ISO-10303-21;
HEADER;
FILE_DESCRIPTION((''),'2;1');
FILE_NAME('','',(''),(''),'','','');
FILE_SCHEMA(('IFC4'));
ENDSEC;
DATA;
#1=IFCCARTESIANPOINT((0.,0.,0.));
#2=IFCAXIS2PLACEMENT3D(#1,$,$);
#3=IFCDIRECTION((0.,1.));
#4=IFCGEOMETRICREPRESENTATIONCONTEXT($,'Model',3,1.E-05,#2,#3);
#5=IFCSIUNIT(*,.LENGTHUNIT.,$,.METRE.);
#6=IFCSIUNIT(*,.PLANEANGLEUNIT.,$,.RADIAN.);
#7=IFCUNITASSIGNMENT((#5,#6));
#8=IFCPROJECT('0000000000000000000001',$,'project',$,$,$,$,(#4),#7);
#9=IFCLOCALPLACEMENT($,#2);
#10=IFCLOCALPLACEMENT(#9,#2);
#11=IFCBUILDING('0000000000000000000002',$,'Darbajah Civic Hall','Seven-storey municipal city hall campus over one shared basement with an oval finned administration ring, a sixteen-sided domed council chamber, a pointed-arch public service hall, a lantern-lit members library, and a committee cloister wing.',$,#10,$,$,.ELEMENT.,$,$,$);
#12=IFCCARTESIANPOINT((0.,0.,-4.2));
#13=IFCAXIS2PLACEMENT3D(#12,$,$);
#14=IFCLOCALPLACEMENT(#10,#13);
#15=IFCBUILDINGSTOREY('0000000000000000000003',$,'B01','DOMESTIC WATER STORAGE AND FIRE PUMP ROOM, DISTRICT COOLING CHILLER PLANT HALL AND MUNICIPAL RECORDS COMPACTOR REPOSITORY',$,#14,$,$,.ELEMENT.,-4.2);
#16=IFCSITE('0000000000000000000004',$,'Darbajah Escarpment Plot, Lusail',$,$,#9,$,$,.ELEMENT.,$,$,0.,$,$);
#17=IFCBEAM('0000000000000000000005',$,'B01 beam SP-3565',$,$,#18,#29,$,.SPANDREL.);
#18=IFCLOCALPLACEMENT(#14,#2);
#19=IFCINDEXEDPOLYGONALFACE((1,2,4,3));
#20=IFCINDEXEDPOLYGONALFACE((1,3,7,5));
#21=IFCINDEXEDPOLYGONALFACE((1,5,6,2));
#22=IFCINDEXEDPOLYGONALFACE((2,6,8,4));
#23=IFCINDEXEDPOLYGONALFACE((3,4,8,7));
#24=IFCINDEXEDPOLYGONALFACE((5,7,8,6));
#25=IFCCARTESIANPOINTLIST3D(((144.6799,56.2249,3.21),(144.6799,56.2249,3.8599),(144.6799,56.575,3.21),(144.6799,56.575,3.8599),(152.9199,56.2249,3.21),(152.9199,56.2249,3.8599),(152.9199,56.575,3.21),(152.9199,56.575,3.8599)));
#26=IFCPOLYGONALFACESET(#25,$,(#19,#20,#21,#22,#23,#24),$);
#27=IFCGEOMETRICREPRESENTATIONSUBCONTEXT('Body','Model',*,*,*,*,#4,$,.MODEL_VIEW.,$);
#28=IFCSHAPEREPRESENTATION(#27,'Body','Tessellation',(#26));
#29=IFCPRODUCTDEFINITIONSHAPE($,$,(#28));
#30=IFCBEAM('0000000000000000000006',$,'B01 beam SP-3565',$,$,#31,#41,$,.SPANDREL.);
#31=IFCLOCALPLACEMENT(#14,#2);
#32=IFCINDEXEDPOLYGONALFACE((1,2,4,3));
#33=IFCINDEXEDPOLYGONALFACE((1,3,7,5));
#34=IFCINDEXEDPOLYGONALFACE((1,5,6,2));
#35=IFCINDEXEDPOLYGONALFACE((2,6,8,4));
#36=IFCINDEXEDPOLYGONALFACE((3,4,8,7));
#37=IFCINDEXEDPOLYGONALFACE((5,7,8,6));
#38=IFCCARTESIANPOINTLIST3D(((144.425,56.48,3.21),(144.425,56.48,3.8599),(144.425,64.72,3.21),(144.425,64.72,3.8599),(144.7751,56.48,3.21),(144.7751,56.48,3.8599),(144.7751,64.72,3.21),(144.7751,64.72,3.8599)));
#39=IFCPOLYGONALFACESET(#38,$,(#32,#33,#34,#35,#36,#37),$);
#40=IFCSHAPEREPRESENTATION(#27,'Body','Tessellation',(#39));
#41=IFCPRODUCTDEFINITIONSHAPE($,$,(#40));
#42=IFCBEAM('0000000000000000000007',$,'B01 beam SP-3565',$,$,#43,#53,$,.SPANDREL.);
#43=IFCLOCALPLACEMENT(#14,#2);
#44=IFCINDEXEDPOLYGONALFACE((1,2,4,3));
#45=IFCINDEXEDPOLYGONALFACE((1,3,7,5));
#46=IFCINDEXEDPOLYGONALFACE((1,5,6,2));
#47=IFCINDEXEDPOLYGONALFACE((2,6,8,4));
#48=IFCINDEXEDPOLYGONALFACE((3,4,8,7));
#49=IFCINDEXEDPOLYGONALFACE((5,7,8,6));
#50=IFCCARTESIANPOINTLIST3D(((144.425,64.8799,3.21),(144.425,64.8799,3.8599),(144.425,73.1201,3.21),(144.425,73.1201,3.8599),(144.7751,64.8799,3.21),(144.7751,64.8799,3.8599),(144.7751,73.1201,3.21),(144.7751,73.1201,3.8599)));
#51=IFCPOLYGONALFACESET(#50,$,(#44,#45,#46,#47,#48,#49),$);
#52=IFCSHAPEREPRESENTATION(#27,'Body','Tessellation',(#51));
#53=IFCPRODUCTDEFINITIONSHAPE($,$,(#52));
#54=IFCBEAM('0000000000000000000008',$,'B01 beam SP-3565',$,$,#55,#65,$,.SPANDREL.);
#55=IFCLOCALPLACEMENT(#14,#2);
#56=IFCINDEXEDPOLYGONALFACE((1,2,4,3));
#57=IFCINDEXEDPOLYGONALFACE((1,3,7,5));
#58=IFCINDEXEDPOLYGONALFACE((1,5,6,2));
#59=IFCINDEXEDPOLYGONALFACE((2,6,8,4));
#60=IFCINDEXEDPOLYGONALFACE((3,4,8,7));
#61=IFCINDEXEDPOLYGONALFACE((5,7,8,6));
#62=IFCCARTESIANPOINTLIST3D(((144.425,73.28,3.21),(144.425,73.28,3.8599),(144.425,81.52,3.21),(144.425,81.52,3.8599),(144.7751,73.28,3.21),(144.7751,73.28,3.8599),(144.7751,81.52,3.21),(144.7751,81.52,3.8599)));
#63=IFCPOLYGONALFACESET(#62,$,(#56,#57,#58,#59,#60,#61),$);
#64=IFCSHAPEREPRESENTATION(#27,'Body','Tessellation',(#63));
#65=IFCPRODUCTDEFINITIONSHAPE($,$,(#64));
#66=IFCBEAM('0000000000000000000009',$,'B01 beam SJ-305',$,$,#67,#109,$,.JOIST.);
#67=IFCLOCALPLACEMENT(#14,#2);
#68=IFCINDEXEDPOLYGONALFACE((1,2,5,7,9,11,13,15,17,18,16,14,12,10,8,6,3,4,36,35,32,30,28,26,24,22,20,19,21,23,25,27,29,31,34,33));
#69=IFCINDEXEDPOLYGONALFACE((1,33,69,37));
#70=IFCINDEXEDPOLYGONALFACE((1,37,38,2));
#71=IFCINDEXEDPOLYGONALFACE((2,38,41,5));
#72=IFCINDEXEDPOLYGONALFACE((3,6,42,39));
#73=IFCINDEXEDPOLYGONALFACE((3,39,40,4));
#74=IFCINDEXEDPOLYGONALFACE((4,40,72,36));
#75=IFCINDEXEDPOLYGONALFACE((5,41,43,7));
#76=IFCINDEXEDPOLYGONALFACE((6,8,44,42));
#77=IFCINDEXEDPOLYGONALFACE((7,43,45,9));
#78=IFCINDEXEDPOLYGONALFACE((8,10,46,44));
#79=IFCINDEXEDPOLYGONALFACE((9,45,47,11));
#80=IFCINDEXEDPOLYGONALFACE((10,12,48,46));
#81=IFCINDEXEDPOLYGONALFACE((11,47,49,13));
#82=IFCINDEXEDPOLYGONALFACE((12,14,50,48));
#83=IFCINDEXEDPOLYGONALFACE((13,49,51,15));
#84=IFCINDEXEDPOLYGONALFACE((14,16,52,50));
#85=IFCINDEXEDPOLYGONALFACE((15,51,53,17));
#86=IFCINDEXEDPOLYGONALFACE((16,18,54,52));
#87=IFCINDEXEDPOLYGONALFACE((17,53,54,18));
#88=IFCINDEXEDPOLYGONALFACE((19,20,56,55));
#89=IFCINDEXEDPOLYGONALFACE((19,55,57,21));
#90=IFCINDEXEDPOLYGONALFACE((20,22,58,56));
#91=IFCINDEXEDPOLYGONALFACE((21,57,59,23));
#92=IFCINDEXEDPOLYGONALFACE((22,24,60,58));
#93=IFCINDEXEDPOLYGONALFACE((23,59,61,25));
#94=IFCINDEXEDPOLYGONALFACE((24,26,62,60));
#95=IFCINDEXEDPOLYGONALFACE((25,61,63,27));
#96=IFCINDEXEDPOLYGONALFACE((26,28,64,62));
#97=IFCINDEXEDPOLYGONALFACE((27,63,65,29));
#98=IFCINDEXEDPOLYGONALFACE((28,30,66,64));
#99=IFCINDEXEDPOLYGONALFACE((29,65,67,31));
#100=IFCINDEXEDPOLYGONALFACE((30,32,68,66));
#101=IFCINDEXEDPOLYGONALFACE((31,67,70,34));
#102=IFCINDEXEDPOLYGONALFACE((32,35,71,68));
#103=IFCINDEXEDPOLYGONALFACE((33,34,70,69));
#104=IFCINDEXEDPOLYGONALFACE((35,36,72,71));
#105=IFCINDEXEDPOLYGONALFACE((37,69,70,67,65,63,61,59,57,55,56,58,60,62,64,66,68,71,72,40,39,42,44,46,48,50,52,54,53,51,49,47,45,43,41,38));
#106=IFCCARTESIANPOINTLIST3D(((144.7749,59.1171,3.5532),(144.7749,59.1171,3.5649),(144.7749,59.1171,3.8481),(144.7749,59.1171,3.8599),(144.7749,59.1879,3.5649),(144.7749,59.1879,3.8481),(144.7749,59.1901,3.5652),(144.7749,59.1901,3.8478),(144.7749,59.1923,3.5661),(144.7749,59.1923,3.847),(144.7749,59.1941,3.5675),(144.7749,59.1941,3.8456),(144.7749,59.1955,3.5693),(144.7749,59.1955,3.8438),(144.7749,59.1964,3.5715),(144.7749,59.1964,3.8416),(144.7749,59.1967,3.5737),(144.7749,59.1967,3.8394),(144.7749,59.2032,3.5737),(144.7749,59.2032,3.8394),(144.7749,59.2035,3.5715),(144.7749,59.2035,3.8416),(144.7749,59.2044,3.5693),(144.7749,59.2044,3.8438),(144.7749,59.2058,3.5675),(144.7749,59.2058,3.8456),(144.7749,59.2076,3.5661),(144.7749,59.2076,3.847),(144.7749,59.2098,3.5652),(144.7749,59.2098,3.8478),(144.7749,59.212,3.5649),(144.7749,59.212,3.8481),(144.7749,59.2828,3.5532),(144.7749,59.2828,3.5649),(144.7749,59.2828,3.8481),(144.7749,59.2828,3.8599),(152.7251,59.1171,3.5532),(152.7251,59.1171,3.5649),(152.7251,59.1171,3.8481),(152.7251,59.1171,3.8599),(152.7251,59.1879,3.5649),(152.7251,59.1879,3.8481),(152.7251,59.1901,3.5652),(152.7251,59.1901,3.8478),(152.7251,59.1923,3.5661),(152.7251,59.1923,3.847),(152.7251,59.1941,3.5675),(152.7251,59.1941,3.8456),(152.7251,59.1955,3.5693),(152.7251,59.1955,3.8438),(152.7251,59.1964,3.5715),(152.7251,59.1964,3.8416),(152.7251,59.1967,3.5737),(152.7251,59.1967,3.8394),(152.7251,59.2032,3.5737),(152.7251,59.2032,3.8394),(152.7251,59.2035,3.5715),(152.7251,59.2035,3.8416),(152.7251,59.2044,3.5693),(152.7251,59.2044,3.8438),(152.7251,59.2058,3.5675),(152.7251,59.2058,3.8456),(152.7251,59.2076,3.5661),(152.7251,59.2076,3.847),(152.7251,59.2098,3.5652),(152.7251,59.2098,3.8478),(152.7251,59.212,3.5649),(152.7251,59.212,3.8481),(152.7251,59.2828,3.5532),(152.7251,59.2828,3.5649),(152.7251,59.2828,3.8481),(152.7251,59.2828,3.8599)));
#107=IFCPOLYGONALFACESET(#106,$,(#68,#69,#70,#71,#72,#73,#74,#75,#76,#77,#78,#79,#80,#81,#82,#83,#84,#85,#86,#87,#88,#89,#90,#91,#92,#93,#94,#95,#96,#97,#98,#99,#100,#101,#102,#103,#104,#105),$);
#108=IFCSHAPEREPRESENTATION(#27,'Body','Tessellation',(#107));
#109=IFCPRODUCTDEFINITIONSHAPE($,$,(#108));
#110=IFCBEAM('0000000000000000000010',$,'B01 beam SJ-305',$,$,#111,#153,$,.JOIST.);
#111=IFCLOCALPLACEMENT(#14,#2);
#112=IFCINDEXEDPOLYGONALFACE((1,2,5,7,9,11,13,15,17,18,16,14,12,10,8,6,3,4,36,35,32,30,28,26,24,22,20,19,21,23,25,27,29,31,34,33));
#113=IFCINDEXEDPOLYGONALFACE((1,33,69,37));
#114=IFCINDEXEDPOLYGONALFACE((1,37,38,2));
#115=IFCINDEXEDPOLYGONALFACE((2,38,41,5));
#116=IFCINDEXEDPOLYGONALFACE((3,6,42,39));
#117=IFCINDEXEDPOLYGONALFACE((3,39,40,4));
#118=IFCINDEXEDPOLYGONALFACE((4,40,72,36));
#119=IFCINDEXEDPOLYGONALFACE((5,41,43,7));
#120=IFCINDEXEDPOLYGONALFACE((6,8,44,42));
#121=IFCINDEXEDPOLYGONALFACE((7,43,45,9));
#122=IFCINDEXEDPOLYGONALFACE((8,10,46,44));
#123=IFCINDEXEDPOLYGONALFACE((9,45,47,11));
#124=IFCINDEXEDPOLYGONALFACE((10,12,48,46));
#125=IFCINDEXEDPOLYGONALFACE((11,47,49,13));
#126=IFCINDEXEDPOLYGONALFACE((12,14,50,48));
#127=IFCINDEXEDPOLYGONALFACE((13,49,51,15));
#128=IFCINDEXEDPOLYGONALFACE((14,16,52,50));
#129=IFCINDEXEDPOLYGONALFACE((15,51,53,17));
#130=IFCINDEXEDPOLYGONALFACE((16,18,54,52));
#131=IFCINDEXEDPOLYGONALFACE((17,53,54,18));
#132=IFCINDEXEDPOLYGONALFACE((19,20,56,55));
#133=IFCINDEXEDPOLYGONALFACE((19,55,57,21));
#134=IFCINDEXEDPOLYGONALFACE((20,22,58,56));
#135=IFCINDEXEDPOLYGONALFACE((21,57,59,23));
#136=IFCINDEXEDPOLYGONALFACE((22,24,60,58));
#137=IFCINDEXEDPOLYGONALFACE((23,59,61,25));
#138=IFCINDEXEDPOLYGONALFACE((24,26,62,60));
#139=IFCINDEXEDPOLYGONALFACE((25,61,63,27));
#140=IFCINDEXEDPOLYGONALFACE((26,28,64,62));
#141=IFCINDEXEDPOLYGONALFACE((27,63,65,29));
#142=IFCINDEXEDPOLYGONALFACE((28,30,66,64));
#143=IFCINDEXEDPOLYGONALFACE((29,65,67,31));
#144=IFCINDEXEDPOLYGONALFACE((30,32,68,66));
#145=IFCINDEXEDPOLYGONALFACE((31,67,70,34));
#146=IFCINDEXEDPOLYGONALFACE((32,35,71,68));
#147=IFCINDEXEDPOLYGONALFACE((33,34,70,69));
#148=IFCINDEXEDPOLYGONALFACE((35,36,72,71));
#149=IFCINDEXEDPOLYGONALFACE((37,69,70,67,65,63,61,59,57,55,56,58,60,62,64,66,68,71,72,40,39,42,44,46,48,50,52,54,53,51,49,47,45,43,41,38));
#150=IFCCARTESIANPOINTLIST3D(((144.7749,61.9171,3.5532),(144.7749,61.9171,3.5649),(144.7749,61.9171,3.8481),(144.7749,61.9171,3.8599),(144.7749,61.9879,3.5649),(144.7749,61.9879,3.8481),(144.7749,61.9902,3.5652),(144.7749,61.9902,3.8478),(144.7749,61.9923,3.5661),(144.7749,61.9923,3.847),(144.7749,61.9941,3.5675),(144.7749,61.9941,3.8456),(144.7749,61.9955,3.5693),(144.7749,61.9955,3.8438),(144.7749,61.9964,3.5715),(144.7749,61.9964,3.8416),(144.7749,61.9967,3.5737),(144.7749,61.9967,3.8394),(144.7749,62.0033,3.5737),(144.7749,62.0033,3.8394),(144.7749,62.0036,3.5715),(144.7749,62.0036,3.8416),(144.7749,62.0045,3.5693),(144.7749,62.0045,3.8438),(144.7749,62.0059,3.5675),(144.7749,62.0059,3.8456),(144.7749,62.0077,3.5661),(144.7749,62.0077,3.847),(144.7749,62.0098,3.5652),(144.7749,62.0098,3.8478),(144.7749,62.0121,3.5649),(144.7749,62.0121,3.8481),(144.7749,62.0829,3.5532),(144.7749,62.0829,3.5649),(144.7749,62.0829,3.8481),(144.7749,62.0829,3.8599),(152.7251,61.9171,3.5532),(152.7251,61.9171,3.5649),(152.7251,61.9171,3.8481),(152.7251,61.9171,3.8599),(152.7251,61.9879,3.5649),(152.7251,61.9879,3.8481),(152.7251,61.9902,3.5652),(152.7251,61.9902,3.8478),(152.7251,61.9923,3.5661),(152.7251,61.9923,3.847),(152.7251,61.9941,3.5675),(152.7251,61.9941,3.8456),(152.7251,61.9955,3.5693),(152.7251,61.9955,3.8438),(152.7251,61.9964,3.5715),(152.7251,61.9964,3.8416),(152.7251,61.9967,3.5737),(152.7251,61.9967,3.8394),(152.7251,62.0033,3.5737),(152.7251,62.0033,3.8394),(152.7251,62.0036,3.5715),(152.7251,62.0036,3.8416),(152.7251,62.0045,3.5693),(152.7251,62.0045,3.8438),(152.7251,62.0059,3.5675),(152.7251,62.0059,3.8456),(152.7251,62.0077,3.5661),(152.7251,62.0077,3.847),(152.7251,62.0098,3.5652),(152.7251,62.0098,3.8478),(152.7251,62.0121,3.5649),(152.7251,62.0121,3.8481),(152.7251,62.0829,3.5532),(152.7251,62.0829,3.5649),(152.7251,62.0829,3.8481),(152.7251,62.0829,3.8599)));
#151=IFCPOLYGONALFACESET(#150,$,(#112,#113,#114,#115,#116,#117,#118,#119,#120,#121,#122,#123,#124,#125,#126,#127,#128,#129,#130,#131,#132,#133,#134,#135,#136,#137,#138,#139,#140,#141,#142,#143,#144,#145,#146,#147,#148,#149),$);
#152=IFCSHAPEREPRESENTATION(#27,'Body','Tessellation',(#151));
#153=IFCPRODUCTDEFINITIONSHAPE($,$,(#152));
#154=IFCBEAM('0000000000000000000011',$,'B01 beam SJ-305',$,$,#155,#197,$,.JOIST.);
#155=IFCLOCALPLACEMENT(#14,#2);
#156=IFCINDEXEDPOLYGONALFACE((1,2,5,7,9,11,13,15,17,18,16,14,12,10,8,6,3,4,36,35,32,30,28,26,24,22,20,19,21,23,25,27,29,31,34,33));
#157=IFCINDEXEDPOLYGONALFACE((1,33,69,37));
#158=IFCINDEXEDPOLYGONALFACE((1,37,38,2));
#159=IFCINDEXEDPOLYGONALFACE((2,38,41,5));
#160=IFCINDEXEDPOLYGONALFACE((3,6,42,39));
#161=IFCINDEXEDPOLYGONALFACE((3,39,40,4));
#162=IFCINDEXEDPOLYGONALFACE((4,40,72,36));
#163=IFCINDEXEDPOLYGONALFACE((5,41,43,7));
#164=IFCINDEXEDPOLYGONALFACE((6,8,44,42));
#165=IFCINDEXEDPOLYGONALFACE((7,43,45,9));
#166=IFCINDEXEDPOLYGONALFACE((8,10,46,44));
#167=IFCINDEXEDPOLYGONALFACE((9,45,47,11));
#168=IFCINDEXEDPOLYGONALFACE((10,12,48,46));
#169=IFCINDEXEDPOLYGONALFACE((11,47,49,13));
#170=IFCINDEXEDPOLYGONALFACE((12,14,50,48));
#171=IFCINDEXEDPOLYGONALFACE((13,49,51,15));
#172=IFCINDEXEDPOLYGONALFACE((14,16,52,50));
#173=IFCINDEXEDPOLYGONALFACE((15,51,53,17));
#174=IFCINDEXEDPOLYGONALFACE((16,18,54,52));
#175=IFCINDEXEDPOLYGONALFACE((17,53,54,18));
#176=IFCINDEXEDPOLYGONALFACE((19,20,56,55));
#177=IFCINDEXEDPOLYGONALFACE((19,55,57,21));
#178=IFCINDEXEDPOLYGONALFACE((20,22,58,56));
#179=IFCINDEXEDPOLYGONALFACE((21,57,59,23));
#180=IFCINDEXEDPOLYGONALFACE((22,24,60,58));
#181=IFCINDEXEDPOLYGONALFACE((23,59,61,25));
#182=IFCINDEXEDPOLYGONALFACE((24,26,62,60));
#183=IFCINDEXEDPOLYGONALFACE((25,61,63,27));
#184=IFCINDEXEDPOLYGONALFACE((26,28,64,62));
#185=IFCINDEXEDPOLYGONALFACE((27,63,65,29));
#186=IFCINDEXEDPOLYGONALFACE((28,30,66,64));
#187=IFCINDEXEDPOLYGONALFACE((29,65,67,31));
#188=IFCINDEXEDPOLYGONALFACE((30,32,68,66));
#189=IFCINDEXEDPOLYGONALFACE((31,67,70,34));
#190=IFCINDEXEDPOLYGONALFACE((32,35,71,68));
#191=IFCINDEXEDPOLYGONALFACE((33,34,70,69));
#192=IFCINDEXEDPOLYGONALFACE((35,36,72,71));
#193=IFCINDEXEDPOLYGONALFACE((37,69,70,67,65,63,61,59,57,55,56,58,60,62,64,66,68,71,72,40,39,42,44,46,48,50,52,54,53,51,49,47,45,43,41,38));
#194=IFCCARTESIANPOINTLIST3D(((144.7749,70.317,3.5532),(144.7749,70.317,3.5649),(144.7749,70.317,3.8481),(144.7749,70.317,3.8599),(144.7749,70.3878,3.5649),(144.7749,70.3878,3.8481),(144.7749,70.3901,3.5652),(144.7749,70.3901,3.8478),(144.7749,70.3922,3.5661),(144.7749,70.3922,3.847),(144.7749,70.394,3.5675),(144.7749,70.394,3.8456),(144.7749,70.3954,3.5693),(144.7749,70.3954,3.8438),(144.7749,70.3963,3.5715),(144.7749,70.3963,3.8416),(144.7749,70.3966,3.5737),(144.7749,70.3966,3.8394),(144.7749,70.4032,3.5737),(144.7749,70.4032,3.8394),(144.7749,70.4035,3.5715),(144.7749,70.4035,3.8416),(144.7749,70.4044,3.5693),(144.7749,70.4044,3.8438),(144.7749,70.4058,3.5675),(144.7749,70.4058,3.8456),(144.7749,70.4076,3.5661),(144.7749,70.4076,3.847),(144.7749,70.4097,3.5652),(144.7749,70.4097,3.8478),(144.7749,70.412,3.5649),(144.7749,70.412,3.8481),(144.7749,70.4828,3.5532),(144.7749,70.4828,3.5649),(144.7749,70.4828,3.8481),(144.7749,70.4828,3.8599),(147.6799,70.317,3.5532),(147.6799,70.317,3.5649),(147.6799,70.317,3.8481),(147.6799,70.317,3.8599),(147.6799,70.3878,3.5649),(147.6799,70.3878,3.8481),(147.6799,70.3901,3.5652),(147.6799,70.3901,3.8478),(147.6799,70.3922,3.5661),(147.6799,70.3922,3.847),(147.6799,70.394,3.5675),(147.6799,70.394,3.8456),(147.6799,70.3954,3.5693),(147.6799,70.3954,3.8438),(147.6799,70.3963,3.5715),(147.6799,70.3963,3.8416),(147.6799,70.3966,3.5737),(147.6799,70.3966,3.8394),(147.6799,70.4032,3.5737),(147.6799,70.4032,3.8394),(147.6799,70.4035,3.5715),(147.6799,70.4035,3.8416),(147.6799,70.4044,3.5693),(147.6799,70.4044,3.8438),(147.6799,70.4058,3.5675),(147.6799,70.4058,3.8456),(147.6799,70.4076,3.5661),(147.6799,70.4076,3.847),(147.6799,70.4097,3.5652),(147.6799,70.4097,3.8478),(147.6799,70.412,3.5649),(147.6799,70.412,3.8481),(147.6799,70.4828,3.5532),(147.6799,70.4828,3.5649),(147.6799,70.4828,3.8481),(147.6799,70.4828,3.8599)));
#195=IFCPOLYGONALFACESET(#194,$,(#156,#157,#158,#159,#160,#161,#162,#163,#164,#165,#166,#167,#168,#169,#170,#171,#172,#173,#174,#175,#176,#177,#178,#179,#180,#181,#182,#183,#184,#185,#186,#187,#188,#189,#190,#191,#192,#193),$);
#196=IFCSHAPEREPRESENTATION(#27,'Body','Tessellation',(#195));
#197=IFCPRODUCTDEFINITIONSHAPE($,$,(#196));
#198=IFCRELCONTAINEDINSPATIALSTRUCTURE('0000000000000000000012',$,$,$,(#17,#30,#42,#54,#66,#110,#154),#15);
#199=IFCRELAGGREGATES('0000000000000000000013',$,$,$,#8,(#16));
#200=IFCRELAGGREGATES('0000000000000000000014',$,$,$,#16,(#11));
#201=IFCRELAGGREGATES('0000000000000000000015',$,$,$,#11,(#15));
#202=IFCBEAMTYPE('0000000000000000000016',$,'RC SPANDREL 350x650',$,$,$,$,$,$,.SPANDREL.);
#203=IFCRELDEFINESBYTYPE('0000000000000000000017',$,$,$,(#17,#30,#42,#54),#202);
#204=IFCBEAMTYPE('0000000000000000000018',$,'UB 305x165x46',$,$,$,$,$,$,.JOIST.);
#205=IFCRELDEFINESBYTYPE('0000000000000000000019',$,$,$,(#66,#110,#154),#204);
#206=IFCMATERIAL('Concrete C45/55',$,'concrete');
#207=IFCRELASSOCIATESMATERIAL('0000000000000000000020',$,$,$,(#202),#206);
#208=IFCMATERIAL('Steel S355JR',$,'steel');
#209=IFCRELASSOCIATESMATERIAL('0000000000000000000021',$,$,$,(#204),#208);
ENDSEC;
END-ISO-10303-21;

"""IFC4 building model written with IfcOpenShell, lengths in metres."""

from ifc_helpers import new_model, si_unit, direction, frame, origin, origin_2d, place, context, subcontext, project, spatial, rectangle, i_section, extrude, material, material_profile, profile_set, type_object, element, save


model = new_model("IFC4")

# Units and contexts
model_context = context("Model", 3, precision=1e-05, world=origin(), true_north=direction((0.0, 1.0)))
body_context = subcontext(model_context, "Body", "Model", "MODEL_VIEW")
ifc_project = project(units=[si_unit("LENGTHUNIT", "METRE"), si_unit("PLANEANGLEUNIT", "RADIAN")], contexts=[model_context])

# Site, building, storey
site_placement = place(None, origin())
site = spatial("IfcSite", under=ifc_project, at=site_placement, Name="Darbajah Escarpment Plot, Lusail", CompositionType="ELEMENT", RefElevation=0.0)
building_placement = place(site_placement, origin())
building = spatial("IfcBuilding", under=site, at=building_placement, Name="Darbajah Civic Hall", Description="Seven-storey municipal city hall campus over one shared basement with an oval finned administration ring, a sixteen-sided domed council chamber, a pointed-arch public service hall, a lantern-lit members library, and a committee cloister wing.", CompositionType="ELEMENT")
storey_placement = place(building_placement, frame((0.0, 0.0, -4.2)))
storey = spatial("IfcBuildingStorey", under=building, at=storey_placement, Name="B01", Description="DOMESTIC WATER STORAGE AND FIRE PUMP ROOM, DISTRICT COOLING CHILLER PLANT HALL AND MUNICIPAL RECORDS COMPACTOR REPOSITORY", CompositionType="ELEMENT", Elevation=-4.2)

# Shared definitions
ifc_material_1 = material(Name="Concrete C45/55", Category="concrete")

# Beams
ifc_material_profile_1 = material_profile(ifc_material_1, rectangle(XDim=0.3501, YDim=0.6499, at=origin_2d()), Name="RC SPANDREL 350x650")
ifc_profile_set_1 = profile_set([ifc_material_profile_1], Name="Concrete C45/55")
beam_type_1 = type_object("IfcBeamType", Name="RC SPANDREL 350x650", PredefinedType="SPANDREL", material=ifc_profile_set_1)
for number, where, z_axis, x_axis, name in (
    (1, (144.6799, 56.3999, 3.5349), (1.0, 0.0, 0.0), (0.0, 1.0, 0.0), "B01 beam SP-3565"),
    (2, (144.6001, 56.48, 3.5349), (0.0, 1.0, 0.0), (-1.0, 0.0, 0.0), "B01 beam SP-3565"),
):
    element("IfcBeam", number, at=place(storey_placement, frame(where, z_axis=z_axis, x_axis=x_axis)), inside=storey, type_object=beam_type_1, Name=name, PredefinedType="SPANDREL", context=body_context, shape_type="SweptSolid", body=[
        extrude(rectangle(XDim=0.3501, YDim=0.6499, at=origin_2d()), origin(), (0.0, 0.0, 1.0), 8.24),
    ])
beam_1_placement = place(storey_placement, frame((144.6001, 64.8799, 3.5349), z_axis=(0.0, 1.0, 0.0), x_axis=(-1.0, 0.0, 0.0)))
element("IfcBeam", 3, at=beam_1_placement, inside=storey, type_object=beam_type_1, Name="B01 beam SP-3565", PredefinedType="SPANDREL", context=body_context, shape_type="SweptSolid", body=[
    extrude(rectangle(XDim=0.3501, YDim=0.6499, at=origin_2d()), origin(), (0.0, 0.0, 1.0), 8.2402),
])
beam_2_placement = place(storey_placement, frame((144.6001, 73.28, 3.5349), z_axis=(0.0, 1.0, 0.0), x_axis=(-1.0, 0.0, 0.0)))
element("IfcBeam", 4, at=beam_2_placement, inside=storey, type_object=beam_type_1, Name="B01 beam SP-3565", PredefinedType="SPANDREL", context=body_context, shape_type="SweptSolid", body=[
    extrude(rectangle(XDim=0.3501, YDim=0.6499, at=origin_2d()), origin(), (0.0, 0.0, 1.0), 8.24),
])
ifc_material_2 = material(Name="Steel S355JR", Category="steel")
ifc_material_profile_2 = material_profile(ifc_material_2, i_section(OverallWidth=0.1658, OverallDepth=0.3066, WebThickness=0.0066, FlangeThickness=0.0117, FilletRadius=0.0088, at=origin_2d()), Name="UB 305x165x46")
ifc_profile_set_2 = profile_set([ifc_material_profile_2], Name="Steel S355JR")
beam_type_2 = type_object("IfcBeamType", Name="UB 305x165x46", PredefinedType="JOIST", material=ifc_profile_set_2)
for number, where, z_axis, x_axis, name in (
    (5, (144.7749, 59.2, 3.7065), (1.0, 0.0, 0.0), (0.0, 1.0, 0.0), "B01 beam SJ-305"),
    (6, (144.7749, 62.0, 3.7065), (1.0, 0.0, 0.0), (0.0, 1.0, 0.0), "B01 beam SJ-305"),
):
    element("IfcBeam", number, at=place(storey_placement, frame(where, z_axis=z_axis, x_axis=x_axis)), inside=storey, type_object=beam_type_2, Name=name, PredefinedType="JOIST", context=body_context, shape_type="SweptSolid", body=[
        extrude(i_section(OverallWidth=0.1658, OverallDepth=0.3066, WebThickness=0.0066, FlangeThickness=0.0117, FilletRadius=0.0088, at=origin_2d()), origin(), (0.0, 0.0, 1.0), 7.9502),
    ])
beam_3_placement = place(storey_placement, frame((144.7749, 70.3999, 3.7065), z_axis=(1.0, 0.0, 0.0), x_axis=(0.0, 1.0, 0.0)))
element("IfcBeam", 7, at=beam_3_placement, inside=storey, type_object=beam_type_2, Name="B01 beam SJ-305", PredefinedType="JOIST", context=body_context, shape_type="SweptSolid", body=[
    extrude(i_section(OverallWidth=0.1658, OverallDepth=0.3066, WebThickness=0.0066, FlangeThickness=0.0117, FilletRadius=0.0088, at=origin_2d()), origin(), (0.0, 0.0, 1.0), 2.905),
])

save(model, "model.ifc")
